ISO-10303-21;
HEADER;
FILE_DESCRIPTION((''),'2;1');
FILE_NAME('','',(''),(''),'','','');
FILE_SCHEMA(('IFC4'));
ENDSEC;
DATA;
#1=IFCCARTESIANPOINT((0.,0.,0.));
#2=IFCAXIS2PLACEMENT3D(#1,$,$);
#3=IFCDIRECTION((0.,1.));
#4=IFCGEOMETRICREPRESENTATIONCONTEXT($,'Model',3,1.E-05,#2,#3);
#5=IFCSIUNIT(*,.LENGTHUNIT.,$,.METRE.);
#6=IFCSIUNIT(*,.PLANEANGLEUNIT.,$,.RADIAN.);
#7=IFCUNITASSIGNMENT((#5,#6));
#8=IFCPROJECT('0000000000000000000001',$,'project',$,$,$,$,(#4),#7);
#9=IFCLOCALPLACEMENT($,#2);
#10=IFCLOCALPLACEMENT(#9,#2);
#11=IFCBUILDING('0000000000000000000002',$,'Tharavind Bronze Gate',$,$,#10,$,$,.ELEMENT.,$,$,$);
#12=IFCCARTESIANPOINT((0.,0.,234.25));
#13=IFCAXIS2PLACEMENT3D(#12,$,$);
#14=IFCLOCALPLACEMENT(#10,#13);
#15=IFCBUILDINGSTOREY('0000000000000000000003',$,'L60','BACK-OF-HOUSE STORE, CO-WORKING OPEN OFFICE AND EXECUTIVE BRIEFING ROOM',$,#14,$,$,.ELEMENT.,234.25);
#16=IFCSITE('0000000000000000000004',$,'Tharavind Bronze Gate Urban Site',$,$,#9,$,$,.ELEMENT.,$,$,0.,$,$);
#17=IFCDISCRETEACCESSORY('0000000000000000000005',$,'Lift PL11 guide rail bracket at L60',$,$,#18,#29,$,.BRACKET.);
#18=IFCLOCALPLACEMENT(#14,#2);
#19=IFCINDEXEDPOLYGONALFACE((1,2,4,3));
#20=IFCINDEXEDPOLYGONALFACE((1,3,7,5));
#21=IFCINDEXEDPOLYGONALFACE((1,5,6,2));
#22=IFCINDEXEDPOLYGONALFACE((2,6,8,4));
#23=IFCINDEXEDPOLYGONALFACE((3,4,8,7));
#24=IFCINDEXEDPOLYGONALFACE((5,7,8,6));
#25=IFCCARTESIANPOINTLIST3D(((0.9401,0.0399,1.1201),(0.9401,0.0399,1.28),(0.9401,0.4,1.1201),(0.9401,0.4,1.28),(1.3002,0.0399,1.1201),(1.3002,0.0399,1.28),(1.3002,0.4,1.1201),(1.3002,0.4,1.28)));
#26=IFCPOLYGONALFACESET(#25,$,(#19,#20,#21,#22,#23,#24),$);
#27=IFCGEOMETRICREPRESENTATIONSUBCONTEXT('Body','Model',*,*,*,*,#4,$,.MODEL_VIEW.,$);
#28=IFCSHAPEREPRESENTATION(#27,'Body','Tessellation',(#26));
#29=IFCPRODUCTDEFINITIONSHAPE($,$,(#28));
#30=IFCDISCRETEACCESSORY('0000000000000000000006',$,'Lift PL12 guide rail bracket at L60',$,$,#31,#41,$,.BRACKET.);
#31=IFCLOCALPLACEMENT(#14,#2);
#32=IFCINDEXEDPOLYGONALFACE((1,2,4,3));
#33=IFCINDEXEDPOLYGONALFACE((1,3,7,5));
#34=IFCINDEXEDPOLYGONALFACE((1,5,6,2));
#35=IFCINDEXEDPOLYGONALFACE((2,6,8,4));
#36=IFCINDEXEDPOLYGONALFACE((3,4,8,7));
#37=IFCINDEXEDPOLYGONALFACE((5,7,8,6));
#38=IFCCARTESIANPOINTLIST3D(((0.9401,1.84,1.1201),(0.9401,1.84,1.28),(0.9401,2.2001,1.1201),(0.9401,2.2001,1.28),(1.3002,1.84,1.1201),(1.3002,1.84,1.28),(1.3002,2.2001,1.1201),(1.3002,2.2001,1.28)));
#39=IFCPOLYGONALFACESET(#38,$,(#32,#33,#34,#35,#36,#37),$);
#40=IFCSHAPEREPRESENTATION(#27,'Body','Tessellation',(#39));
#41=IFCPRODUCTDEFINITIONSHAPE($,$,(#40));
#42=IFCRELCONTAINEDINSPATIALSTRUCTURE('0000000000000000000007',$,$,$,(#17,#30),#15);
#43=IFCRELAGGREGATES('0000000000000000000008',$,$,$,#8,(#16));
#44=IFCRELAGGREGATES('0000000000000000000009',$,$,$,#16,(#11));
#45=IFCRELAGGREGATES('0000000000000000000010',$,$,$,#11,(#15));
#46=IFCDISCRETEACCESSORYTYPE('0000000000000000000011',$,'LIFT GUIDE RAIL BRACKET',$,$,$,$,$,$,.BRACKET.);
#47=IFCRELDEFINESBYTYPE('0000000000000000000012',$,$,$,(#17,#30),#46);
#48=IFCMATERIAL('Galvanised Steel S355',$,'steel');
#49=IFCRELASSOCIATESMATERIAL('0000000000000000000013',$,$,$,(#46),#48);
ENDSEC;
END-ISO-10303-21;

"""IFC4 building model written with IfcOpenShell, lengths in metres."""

from ifc_helpers import new_model, si_unit, direction, frame, origin, origin_2d, place, context, subcontext, project, spatial, rectangle, extrude, material, type_object, element, save


model = new_model("IFC4")

# Units and contexts
model_context = context("Model", 3, precision=1e-05, world=origin(), true_north=direction((0.0, 1.0)))
body_context = subcontext(model_context, "Body", "Model", "MODEL_VIEW")
ifc_project = project(units=[si_unit("LENGTHUNIT", "METRE"), si_unit("PLANEANGLEUNIT", "RADIAN")], contexts=[model_context])

# Site, building, storey
site_placement = place(None, origin())
site = spatial("IfcSite", under=ifc_project, at=site_placement, Name="Tharavind Bronze Gate Urban Site", CompositionType="ELEMENT", RefElevation=0.0)
building_placement = place(site_placement, origin())
building = spatial("IfcBuilding", under=site, at=building_placement, Name="Tharavind Bronze Gate", CompositionType="ELEMENT")
storey_placement = place(building_placement, frame((0.0, 0.0, 234.25)))
storey = spatial("IfcBuildingStorey", under=building, at=storey_placement, Name="L60", Description="BACK-OF-HOUSE STORE, CO-WORKING OPEN OFFICE AND EXECUTIVE BRIEFING ROOM", CompositionType="ELEMENT", Elevation=234.25)

# Discrete accessories
ifc_material_1 = material(Name="Galvanised Steel S355", Category="steel")
discrete_accessory_type = type_object("IfcDiscreteAccessoryType", Name="LIFT GUIDE RAIL BRACKET", PredefinedType="BRACKET", material=ifc_material_1)
for number, where, z_axis, x_axis, name in (
    (1, (1.1201, 0.22, 1.1201), (0.0, 0.0, 1.0), (1.0, 0.0, 0.0), "Lift PL11 guide rail bracket at L60"),
    (2, (1.1201, 2.02, 1.1201), (0.0, 0.0, 1.0), (1.0, 0.0, 0.0), "Lift PL12 guide rail bracket at L60"),
):
    element("IfcDiscreteAccessory", number, at=place(storey_placement, frame(where, z_axis=z_axis, x_axis=x_axis)), inside=storey, type_object=discrete_accessory_type, Name=name, PredefinedType="BRACKET", context=body_context, shape_type="SweptSolid", body=[
        extrude(rectangle(XDim=0.3601, YDim=0.3601, at=origin_2d()), origin(), (0.0, 0.0, 1.0), 0.1599),
    ])

save(model, "model.ifc")
